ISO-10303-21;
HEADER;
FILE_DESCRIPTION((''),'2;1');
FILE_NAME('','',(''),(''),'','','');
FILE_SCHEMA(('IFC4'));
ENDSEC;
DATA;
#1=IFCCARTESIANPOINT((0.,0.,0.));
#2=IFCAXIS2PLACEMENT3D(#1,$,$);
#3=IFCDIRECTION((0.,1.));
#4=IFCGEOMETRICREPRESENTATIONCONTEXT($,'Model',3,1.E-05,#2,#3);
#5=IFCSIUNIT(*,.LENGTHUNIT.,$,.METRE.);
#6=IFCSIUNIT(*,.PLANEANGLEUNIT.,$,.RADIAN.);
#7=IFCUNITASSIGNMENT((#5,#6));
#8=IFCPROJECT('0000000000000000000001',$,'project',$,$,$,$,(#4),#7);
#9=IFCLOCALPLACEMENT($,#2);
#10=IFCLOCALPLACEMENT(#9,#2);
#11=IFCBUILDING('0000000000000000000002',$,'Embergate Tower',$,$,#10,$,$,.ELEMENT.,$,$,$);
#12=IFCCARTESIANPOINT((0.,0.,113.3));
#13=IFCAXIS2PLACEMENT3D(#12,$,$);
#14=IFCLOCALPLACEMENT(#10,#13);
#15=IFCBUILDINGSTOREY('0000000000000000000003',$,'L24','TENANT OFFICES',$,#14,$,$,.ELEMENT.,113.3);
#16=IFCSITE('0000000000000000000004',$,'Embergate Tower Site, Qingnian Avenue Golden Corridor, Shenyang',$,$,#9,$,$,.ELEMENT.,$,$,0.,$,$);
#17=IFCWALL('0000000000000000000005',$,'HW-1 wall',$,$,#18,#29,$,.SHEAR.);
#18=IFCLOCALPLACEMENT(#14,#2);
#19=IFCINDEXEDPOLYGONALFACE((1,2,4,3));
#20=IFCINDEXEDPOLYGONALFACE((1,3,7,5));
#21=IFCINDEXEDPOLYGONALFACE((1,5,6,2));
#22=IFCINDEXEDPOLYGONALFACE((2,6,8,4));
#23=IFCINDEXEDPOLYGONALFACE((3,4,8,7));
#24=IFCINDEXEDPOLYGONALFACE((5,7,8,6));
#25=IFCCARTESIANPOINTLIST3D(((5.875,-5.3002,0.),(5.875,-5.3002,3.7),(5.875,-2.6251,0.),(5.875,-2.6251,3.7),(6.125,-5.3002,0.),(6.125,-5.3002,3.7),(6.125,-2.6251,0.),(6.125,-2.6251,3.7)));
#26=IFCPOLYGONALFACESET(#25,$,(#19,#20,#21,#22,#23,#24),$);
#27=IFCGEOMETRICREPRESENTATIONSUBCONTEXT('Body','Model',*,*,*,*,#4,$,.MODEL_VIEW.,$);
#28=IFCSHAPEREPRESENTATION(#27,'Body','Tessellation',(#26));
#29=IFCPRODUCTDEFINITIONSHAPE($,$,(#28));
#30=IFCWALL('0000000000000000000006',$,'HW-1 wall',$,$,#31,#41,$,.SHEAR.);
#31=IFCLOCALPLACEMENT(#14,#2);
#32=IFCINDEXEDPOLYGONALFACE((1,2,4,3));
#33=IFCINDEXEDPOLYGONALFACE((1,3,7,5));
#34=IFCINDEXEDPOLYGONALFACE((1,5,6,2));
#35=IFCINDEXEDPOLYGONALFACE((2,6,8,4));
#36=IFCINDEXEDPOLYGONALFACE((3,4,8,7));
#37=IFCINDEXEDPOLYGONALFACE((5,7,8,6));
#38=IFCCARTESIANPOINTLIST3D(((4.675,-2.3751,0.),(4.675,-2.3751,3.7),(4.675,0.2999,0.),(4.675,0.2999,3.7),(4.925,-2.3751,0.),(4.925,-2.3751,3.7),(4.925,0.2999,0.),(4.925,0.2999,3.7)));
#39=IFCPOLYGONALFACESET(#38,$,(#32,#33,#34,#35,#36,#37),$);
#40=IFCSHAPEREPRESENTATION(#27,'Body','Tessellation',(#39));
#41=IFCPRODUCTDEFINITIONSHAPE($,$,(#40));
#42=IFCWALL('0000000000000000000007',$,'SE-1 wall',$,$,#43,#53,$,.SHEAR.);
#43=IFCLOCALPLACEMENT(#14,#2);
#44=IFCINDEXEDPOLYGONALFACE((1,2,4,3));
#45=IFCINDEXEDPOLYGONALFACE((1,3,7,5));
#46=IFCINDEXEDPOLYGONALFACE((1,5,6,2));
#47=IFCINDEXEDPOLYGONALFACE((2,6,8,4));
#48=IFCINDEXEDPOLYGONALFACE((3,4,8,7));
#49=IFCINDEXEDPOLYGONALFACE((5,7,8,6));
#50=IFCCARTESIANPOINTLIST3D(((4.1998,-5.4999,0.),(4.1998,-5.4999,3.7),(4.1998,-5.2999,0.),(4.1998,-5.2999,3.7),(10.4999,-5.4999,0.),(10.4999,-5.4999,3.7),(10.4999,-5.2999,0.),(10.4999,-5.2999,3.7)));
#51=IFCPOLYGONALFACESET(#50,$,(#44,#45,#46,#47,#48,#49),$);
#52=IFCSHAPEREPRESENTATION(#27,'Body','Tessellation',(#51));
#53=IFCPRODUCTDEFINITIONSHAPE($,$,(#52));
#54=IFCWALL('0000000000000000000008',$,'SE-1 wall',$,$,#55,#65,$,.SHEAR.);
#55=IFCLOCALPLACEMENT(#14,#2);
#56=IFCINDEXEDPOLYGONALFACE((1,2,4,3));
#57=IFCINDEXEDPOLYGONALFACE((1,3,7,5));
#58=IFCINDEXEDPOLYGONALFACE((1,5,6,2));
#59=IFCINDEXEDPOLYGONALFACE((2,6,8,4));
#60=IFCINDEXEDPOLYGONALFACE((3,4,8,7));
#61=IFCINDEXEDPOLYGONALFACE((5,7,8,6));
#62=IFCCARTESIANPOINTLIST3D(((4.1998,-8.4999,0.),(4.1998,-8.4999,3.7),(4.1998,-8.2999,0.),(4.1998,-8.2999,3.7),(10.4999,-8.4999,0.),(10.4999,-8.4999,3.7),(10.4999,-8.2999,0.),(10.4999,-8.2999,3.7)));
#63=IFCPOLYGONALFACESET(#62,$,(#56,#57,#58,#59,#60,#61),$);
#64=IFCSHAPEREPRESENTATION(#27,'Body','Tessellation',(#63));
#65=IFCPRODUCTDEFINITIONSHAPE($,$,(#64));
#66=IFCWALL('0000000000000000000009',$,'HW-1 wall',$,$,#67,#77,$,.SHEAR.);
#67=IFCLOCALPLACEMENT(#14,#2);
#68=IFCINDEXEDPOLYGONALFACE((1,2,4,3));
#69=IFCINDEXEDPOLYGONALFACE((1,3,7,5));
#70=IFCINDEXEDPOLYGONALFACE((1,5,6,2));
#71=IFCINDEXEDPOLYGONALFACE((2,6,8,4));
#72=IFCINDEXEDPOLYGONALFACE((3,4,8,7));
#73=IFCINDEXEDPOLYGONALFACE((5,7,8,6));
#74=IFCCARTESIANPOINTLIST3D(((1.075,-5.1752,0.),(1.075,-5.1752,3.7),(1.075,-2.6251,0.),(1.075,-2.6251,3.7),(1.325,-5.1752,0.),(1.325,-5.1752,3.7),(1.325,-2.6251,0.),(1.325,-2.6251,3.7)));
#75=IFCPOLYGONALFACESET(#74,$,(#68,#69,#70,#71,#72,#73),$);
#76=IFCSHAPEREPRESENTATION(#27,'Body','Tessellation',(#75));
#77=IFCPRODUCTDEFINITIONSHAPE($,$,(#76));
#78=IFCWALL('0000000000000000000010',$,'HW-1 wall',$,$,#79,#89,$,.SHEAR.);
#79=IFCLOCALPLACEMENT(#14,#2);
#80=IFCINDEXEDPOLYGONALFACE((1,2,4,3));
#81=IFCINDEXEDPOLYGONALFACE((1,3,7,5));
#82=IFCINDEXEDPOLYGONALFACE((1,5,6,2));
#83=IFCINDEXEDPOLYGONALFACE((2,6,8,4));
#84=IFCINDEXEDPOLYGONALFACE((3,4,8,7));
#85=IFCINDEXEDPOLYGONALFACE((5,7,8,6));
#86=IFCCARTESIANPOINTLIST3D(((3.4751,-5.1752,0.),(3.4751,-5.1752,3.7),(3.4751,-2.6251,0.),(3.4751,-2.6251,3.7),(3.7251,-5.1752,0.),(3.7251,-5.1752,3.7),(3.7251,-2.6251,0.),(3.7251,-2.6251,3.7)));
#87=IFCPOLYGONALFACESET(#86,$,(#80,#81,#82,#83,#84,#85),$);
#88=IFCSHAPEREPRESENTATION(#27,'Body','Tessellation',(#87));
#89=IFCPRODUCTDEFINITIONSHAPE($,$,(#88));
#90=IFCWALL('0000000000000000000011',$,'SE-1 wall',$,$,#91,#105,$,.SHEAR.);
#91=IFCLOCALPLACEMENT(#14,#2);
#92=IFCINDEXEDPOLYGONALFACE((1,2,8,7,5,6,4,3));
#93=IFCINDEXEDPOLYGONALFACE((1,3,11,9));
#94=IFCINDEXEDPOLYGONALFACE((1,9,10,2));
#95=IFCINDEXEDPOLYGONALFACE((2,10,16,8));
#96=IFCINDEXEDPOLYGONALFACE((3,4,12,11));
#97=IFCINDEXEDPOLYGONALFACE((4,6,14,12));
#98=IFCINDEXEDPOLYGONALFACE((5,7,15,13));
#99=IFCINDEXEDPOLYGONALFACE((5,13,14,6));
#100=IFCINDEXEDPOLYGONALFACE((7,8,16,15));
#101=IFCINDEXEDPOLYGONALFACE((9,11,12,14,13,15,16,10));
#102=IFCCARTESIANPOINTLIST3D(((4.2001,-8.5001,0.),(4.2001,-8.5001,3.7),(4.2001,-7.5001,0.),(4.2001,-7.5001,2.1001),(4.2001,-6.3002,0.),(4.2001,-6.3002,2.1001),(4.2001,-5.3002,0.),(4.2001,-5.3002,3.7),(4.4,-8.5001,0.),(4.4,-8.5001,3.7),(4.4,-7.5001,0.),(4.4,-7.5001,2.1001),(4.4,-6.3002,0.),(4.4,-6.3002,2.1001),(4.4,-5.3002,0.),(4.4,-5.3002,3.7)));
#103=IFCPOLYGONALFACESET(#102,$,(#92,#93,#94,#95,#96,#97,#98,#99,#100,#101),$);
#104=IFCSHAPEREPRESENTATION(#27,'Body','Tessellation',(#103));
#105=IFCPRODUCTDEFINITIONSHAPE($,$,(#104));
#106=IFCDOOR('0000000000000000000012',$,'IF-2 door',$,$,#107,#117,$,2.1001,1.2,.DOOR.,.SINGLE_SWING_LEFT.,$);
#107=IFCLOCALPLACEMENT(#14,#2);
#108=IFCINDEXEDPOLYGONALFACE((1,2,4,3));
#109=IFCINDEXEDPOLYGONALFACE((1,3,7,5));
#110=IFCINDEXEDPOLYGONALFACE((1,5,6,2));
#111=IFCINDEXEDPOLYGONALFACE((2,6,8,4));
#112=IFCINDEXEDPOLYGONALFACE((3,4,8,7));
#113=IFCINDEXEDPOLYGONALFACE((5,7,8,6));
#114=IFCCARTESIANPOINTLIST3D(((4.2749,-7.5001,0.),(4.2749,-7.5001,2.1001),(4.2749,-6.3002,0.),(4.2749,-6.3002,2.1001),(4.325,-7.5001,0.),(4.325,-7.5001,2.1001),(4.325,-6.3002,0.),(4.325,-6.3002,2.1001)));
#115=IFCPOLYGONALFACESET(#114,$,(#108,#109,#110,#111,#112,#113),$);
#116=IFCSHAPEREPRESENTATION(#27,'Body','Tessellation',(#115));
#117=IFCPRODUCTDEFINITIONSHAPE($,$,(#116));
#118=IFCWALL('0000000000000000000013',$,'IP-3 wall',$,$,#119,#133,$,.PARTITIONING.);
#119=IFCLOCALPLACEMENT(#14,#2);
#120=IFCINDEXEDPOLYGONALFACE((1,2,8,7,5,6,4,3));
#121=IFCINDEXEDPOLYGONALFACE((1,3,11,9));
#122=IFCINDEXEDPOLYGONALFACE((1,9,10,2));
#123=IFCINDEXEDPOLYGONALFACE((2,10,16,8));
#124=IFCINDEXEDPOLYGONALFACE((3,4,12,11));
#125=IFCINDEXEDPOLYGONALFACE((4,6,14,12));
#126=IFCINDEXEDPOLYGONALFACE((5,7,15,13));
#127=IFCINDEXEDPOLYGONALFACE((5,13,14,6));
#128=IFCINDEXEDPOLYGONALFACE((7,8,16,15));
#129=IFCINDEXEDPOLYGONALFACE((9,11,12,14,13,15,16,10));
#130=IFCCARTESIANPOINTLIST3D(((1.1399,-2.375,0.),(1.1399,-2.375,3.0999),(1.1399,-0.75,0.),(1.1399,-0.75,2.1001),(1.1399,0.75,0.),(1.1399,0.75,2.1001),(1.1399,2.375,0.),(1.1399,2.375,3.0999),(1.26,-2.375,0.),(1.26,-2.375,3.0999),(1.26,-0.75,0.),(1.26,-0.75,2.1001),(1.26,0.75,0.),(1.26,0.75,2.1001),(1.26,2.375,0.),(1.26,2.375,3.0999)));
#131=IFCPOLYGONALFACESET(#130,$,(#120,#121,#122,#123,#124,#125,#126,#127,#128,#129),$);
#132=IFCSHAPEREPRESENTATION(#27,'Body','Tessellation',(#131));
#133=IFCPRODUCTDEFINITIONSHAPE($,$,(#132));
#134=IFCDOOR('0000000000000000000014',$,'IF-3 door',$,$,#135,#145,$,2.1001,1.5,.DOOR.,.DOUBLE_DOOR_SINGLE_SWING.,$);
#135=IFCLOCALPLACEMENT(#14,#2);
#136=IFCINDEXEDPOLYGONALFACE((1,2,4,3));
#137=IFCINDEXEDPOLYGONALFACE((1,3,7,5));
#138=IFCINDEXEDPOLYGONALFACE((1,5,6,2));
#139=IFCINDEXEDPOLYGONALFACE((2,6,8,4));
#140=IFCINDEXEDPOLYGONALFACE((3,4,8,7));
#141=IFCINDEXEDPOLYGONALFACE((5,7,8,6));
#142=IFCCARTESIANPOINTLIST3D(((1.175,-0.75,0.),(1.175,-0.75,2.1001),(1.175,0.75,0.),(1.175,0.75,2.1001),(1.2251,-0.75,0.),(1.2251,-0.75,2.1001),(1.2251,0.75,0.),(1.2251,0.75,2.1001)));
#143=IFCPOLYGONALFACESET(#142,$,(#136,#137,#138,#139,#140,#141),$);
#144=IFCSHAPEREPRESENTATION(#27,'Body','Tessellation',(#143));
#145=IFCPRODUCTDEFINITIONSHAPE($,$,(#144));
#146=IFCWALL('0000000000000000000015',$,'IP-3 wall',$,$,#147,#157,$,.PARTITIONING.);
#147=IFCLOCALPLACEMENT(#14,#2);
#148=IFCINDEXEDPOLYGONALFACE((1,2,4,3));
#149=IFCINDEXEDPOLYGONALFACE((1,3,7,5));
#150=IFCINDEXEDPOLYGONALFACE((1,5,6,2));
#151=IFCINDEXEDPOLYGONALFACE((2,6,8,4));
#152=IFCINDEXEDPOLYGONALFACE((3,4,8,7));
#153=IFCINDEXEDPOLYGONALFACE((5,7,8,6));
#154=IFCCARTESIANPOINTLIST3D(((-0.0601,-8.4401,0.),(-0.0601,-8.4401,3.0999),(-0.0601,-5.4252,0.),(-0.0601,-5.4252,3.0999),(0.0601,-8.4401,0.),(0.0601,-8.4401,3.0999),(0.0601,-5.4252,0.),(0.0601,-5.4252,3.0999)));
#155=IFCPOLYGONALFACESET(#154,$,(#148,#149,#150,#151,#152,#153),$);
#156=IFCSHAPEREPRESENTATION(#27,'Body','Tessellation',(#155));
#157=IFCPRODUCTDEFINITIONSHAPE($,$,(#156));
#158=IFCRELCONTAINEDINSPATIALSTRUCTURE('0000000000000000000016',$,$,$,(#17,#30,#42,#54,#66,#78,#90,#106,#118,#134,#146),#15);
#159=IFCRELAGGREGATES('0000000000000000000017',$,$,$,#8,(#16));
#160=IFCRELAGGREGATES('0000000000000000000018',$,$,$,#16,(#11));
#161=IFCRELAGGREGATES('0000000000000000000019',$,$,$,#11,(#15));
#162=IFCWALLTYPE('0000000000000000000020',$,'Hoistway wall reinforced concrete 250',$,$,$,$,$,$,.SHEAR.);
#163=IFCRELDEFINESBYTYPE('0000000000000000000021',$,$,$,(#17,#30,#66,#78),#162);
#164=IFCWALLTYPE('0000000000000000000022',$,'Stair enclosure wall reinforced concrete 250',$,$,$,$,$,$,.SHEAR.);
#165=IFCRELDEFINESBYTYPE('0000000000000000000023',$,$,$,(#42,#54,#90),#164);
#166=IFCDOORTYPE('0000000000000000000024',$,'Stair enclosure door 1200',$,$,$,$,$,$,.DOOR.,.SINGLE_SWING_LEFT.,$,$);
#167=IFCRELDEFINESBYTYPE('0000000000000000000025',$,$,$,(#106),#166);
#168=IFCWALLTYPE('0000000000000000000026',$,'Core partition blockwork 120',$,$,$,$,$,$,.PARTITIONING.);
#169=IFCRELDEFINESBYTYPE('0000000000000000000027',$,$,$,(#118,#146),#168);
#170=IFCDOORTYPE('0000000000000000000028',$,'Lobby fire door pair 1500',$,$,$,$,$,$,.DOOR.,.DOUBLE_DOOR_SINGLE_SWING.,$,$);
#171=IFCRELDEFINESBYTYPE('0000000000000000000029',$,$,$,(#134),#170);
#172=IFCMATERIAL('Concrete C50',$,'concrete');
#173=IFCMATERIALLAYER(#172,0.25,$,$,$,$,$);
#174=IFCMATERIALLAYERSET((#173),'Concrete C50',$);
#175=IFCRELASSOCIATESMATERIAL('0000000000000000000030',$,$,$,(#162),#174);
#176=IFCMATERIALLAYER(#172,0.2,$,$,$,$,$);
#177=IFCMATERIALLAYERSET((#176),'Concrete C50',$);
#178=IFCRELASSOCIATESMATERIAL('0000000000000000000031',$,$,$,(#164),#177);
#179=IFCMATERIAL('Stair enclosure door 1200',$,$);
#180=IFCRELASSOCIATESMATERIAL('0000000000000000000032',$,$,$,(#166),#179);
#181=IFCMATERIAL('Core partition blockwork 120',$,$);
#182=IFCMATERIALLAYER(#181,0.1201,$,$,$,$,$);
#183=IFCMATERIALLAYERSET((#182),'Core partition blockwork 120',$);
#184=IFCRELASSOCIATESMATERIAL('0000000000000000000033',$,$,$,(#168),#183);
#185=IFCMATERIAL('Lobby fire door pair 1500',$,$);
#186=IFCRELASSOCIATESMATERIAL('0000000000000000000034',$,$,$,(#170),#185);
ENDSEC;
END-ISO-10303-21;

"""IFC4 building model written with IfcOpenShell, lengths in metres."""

from ifc_helpers import new_model, si_unit, direction, frame, frame_2d, origin, place, context, subcontext, project, spatial, rectangle, extrude, source, transform, mapped, material, layer, layer_set, type_object, element, fill, save


model = new_model("IFC4")

# Units and contexts
model_context = context("Model", 3, precision=1e-05, world=origin(), true_north=direction((0.0, 1.0)))
body_context = subcontext(model_context, "Body", "Model", "MODEL_VIEW")
ifc_project = project(units=[si_unit("LENGTHUNIT", "METRE"), si_unit("PLANEANGLEUNIT", "RADIAN")], contexts=[model_context])

# Site, building, storey
site_placement = place(None, origin())
site = spatial("IfcSite", under=ifc_project, at=site_placement, Name="Embergate Tower Site, Qingnian Avenue Golden Corridor, Shenyang", CompositionType="ELEMENT", RefElevation=0.0)
building_placement = place(site_placement, origin())
building = spatial("IfcBuilding", under=site, at=building_placement, Name="Embergate Tower", CompositionType="ELEMENT")
storey_placement = place(building_placement, frame((0.0, 0.0, 113.3)))
storey = spatial("IfcBuildingStorey", under=building, at=storey_placement, Name="L24", Description="TENANT OFFICES", CompositionType="ELEMENT", Elevation=113.3)

# Walls
ifc_material_1 = material(Name="Concrete C50", Category="concrete")
ifc_layer_1 = layer(ifc_material_1, 0.25)
ifc_layer_set_1 = layer_set([ifc_layer_1], Name="Concrete C50")
wall_type_1 = type_object("IfcWallType", Name="Hoistway wall reinforced concrete 250", PredefinedType="SHEAR", material=ifc_layer_set_1)
shared_shape_1 = source(origin(), body_context, "Body", "SweptSolid", [
    extrude(rectangle(XDim=2.675, YDim=0.25, at=frame_2d((1.3374, 0.0))), origin(), (0.0, 0.0, 1.0), 3.7),
])
for number, where, z_axis, x_axis, name in (
    (1, (6.0, -5.3, 0.0), (0.0, 0.0, 1.0), (0.0, 1.0, 0.0), "HW-1 wall"),
    (2, (4.8, -2.375, 0.0), (0.0, 0.0, 1.0), (0.0, 1.0, 0.0), "HW-1 wall"),
):
    element("IfcWall", number, at=place(storey_placement, frame(where, z_axis=z_axis, x_axis=x_axis)), inside=storey, type_object=wall_type_1, Name=name, PredefinedType="SHEAR", context=body_context, shape_type="MappedRepresentation", body=[
        mapped(shared_shape_1, transform((0.0, 0.0, 0.0))),
    ])
ifc_layer_2 = layer(ifc_material_1, 0.2)
ifc_layer_set_2 = layer_set([ifc_layer_2], Name="Concrete C50")
wall_type_2 = type_object("IfcWallType", Name="Stair enclosure wall reinforced concrete 250", PredefinedType="SHEAR", material=ifc_layer_set_2)
shared_shape_2 = source(origin(), body_context, "Body", "SweptSolid", [
    extrude(rectangle(XDim=6.3, YDim=0.2, at=frame_2d((3.1499, 0.0))), origin(), (0.0, 0.0, 1.0), 3.7),
])
for number, where, z_axis, x_axis, name in (
    (3, (4.2, -5.3999, 0.0), (0.0, 0.0, 1.0), (1.0, 0.0, 0.0), "SE-1 wall"),
    (4, (4.2, -8.3999, 0.0), (0.0, 0.0, 1.0), (1.0, 0.0, 0.0), "SE-1 wall"),
):
    element("IfcWall", number, at=place(storey_placement, frame(where, z_axis=z_axis, x_axis=x_axis)), inside=storey, type_object=wall_type_2, Name=name, PredefinedType="SHEAR", context=body_context, shape_type="MappedRepresentation", body=[
        mapped(shared_shape_2, transform((0.0, 0.0, 0.0))),
    ])
shared_shape_3 = source(origin(), body_context, "Body", "SweptSolid", [
    extrude(rectangle(XDim=2.55, YDim=0.25, at=frame_2d((1.2749, 0.0))), origin(), (0.0, 0.0, 1.0), 3.7),
])
for number, where, z_axis, x_axis, name in (
    (5, (1.2, -5.175, 0.0), (0.0, 0.0, 1.0), (0.0, 1.0, 0.0), "HW-1 wall"),
    (6, (3.6001, -5.175, 0.0), (0.0, 0.0, 1.0), (0.0, 1.0, 0.0), "HW-1 wall"),
):
    element("IfcWall", number, at=place(storey_placement, frame(where, z_axis=z_axis, x_axis=x_axis)), inside=storey, type_object=wall_type_1, Name=name, PredefinedType="SHEAR", context=body_context, shape_type="MappedRepresentation", body=[
        mapped(shared_shape_3, transform((0.0, 0.0, 0.0))),
    ])

# Walls, openings, doors
shared_shape_4 = source(origin(), body_context, "Body", "SweptSolid", [
    extrude(rectangle(XDim=3.2, YDim=0.2, at=frame_2d((1.6001, 0.0))), origin(), (0.0, 0.0, 1.0), 3.7),
])
wall_1_placement = place(storey_placement, frame((4.3, -5.3, 0.0), z_axis=(0.0, 0.0, 1.0), x_axis=(0.0, -1.0, 0.0)))
wall_1 = element("IfcWall", 7, at=wall_1_placement, inside=storey, type_object=wall_type_2, Name="SE-1 wall", PredefinedType="SHEAR", context=body_context, shape_type="MappedRepresentation", body=[
    mapped(shared_shape_4, transform((0.0, 0.0, 0.0))),
])
shared_shape_5 = source(origin(), body_context, "Body", "SweptSolid", [
    extrude(rectangle(XDim=1.2, YDim=2.1001, at=frame_2d((0.6001, 1.05))), frame((0.0, 0.1099, 0.0), z_axis=(0.0, -1.0, 0.0), x_axis=(1.0, 0.0, 0.0)), (0.0, 0.0, 1.0), 0.22),
])
opening_1_placement = place(wall_1_placement, frame((1.0, 0.0, 0.0)))
opening_1 = element("IfcOpeningElement", 8, at=opening_1_placement, cuts=wall_1, PredefinedType="OPENING", context=body_context, shape_type="MappedRepresentation", body=[
    mapped(shared_shape_5, transform((0.0, 0.0, 0.0))),
])
ifc_material_2 = material(Name="Stair enclosure door 1200")
door_type_1 = type_object("IfcDoorType", Name="Stair enclosure door 1200", OperationType="SINGLE_SWING_LEFT", PredefinedType="DOOR", material=ifc_material_2)
shared_shape_6 = source(origin(), body_context, "Body", "SweptSolid", [
    extrude(rectangle(XDim=1.2, YDim=2.1001, at=frame_2d((0.6001, 1.05))), frame((0.0, 0.0249, 0.0), z_axis=(0.0, -1.0, 0.0), x_axis=(1.0, 0.0, 0.0)), (0.0, 0.0, 1.0), 0.05),
])
door_1_placement = place(opening_1_placement, origin())
door_1 = element("IfcDoor", 9, at=door_1_placement, inside=storey, type_object=door_type_1, Name="IF-2 door", OperationType="SINGLE_SWING_LEFT", OverallHeight=2.1001, OverallWidth=1.2, PredefinedType="DOOR", context=body_context, shape_type="MappedRepresentation", body=[
    mapped(shared_shape_6, transform((0.0, 0.0, 0.0))),
])
fill(opening_1, door_1)
ifc_material_3 = material(Name="Core partition blockwork 120")
ifc_layer_3 = layer(ifc_material_3, 0.1201)
ifc_layer_set_3 = layer_set([ifc_layer_3], Name="Core partition blockwork 120")
wall_type_3 = type_object("IfcWallType", Name="Core partition blockwork 120", PredefinedType="PARTITIONING", material=ifc_layer_set_3)
shared_shape_7 = source(origin(), body_context, "Body", "SweptSolid", [
    extrude(rectangle(XDim=4.75, YDim=0.1201, at=frame_2d((2.375, 0.0))), origin(), (0.0, 0.0, 1.0), 3.0999),
])
wall_2_placement = place(storey_placement, frame((1.2, -2.375, 0.0), z_axis=(0.0, 0.0, 1.0), x_axis=(0.0, 1.0, 0.0)))
wall_2 = element("IfcWall", 10, at=wall_2_placement, inside=storey, type_object=wall_type_3, Name="IP-3 wall", PredefinedType="PARTITIONING", context=body_context, shape_type="MappedRepresentation", body=[
    mapped(shared_shape_7, transform((0.0, 0.0, 0.0))),
])
shared_shape_8 = source(origin(), body_context, "Body", "SweptSolid", [
    extrude(rectangle(XDim=1.5, YDim=2.1001, at=frame_2d((0.75, 1.05))), frame((0.0, 0.0701, 0.0), z_axis=(0.0, -1.0, 0.0), x_axis=(1.0, 0.0, 0.0)), (0.0, 0.0, 1.0), 0.1401),
])
opening_2_placement = place(wall_2_placement, frame((1.625, 0.0, 0.0)))
opening_2 = element("IfcOpeningElement", 11, at=opening_2_placement, cuts=wall_2, PredefinedType="OPENING", context=body_context, shape_type="MappedRepresentation", body=[
    mapped(shared_shape_8, transform((0.0, 0.0, 0.0))),
])
ifc_material_4 = material(Name="Lobby fire door pair 1500")
door_type_2 = type_object("IfcDoorType", Name="Lobby fire door pair 1500", OperationType="DOUBLE_DOOR_SINGLE_SWING", PredefinedType="DOOR", material=ifc_material_4)
shared_shape_9 = source(origin(), body_context, "Body", "SweptSolid", [
    extrude(rectangle(XDim=1.5, YDim=2.1001, at=frame_2d((0.75, 1.05))), frame((0.0, 0.0249, 0.0), z_axis=(0.0, -1.0, 0.0), x_axis=(1.0, 0.0, 0.0)), (0.0, 0.0, 1.0), 0.05),
])
door_2_placement = place(opening_2_placement, origin())
door_2 = element("IfcDoor", 12, at=door_2_placement, inside=storey, type_object=door_type_2, Name="IF-3 door", OperationType="DOUBLE_DOOR_SINGLE_SWING", OverallHeight=2.1001, OverallWidth=1.5, PredefinedType="DOOR", context=body_context, shape_type="MappedRepresentation", body=[
    mapped(shared_shape_9, transform((0.0, 0.0, 0.0))),
])
fill(opening_2, door_2)

# Wall
shared_shape_10 = source(origin(), body_context, "Body", "SweptSolid", [
    extrude(rectangle(XDim=3.0149, YDim=0.1201, at=frame_2d((1.5073, 0.0))), origin(), (0.0, 0.0, 1.0), 3.0999),
])
wall_3_placement = place(storey_placement, frame((0.0, -8.4399, 0.0), z_axis=(0.0, 0.0, 1.0), x_axis=(0.0, 1.0, 0.0)))
element("IfcWall", 13, at=wall_3_placement, inside=storey, type_object=wall_type_3, Name="IP-3 wall", PredefinedType="PARTITIONING", context=body_context, shape_type="MappedRepresentation", body=[
    mapped(shared_shape_10, transform((0.0, 0.0, 0.0))),
])

save(model, "model.ifc")
